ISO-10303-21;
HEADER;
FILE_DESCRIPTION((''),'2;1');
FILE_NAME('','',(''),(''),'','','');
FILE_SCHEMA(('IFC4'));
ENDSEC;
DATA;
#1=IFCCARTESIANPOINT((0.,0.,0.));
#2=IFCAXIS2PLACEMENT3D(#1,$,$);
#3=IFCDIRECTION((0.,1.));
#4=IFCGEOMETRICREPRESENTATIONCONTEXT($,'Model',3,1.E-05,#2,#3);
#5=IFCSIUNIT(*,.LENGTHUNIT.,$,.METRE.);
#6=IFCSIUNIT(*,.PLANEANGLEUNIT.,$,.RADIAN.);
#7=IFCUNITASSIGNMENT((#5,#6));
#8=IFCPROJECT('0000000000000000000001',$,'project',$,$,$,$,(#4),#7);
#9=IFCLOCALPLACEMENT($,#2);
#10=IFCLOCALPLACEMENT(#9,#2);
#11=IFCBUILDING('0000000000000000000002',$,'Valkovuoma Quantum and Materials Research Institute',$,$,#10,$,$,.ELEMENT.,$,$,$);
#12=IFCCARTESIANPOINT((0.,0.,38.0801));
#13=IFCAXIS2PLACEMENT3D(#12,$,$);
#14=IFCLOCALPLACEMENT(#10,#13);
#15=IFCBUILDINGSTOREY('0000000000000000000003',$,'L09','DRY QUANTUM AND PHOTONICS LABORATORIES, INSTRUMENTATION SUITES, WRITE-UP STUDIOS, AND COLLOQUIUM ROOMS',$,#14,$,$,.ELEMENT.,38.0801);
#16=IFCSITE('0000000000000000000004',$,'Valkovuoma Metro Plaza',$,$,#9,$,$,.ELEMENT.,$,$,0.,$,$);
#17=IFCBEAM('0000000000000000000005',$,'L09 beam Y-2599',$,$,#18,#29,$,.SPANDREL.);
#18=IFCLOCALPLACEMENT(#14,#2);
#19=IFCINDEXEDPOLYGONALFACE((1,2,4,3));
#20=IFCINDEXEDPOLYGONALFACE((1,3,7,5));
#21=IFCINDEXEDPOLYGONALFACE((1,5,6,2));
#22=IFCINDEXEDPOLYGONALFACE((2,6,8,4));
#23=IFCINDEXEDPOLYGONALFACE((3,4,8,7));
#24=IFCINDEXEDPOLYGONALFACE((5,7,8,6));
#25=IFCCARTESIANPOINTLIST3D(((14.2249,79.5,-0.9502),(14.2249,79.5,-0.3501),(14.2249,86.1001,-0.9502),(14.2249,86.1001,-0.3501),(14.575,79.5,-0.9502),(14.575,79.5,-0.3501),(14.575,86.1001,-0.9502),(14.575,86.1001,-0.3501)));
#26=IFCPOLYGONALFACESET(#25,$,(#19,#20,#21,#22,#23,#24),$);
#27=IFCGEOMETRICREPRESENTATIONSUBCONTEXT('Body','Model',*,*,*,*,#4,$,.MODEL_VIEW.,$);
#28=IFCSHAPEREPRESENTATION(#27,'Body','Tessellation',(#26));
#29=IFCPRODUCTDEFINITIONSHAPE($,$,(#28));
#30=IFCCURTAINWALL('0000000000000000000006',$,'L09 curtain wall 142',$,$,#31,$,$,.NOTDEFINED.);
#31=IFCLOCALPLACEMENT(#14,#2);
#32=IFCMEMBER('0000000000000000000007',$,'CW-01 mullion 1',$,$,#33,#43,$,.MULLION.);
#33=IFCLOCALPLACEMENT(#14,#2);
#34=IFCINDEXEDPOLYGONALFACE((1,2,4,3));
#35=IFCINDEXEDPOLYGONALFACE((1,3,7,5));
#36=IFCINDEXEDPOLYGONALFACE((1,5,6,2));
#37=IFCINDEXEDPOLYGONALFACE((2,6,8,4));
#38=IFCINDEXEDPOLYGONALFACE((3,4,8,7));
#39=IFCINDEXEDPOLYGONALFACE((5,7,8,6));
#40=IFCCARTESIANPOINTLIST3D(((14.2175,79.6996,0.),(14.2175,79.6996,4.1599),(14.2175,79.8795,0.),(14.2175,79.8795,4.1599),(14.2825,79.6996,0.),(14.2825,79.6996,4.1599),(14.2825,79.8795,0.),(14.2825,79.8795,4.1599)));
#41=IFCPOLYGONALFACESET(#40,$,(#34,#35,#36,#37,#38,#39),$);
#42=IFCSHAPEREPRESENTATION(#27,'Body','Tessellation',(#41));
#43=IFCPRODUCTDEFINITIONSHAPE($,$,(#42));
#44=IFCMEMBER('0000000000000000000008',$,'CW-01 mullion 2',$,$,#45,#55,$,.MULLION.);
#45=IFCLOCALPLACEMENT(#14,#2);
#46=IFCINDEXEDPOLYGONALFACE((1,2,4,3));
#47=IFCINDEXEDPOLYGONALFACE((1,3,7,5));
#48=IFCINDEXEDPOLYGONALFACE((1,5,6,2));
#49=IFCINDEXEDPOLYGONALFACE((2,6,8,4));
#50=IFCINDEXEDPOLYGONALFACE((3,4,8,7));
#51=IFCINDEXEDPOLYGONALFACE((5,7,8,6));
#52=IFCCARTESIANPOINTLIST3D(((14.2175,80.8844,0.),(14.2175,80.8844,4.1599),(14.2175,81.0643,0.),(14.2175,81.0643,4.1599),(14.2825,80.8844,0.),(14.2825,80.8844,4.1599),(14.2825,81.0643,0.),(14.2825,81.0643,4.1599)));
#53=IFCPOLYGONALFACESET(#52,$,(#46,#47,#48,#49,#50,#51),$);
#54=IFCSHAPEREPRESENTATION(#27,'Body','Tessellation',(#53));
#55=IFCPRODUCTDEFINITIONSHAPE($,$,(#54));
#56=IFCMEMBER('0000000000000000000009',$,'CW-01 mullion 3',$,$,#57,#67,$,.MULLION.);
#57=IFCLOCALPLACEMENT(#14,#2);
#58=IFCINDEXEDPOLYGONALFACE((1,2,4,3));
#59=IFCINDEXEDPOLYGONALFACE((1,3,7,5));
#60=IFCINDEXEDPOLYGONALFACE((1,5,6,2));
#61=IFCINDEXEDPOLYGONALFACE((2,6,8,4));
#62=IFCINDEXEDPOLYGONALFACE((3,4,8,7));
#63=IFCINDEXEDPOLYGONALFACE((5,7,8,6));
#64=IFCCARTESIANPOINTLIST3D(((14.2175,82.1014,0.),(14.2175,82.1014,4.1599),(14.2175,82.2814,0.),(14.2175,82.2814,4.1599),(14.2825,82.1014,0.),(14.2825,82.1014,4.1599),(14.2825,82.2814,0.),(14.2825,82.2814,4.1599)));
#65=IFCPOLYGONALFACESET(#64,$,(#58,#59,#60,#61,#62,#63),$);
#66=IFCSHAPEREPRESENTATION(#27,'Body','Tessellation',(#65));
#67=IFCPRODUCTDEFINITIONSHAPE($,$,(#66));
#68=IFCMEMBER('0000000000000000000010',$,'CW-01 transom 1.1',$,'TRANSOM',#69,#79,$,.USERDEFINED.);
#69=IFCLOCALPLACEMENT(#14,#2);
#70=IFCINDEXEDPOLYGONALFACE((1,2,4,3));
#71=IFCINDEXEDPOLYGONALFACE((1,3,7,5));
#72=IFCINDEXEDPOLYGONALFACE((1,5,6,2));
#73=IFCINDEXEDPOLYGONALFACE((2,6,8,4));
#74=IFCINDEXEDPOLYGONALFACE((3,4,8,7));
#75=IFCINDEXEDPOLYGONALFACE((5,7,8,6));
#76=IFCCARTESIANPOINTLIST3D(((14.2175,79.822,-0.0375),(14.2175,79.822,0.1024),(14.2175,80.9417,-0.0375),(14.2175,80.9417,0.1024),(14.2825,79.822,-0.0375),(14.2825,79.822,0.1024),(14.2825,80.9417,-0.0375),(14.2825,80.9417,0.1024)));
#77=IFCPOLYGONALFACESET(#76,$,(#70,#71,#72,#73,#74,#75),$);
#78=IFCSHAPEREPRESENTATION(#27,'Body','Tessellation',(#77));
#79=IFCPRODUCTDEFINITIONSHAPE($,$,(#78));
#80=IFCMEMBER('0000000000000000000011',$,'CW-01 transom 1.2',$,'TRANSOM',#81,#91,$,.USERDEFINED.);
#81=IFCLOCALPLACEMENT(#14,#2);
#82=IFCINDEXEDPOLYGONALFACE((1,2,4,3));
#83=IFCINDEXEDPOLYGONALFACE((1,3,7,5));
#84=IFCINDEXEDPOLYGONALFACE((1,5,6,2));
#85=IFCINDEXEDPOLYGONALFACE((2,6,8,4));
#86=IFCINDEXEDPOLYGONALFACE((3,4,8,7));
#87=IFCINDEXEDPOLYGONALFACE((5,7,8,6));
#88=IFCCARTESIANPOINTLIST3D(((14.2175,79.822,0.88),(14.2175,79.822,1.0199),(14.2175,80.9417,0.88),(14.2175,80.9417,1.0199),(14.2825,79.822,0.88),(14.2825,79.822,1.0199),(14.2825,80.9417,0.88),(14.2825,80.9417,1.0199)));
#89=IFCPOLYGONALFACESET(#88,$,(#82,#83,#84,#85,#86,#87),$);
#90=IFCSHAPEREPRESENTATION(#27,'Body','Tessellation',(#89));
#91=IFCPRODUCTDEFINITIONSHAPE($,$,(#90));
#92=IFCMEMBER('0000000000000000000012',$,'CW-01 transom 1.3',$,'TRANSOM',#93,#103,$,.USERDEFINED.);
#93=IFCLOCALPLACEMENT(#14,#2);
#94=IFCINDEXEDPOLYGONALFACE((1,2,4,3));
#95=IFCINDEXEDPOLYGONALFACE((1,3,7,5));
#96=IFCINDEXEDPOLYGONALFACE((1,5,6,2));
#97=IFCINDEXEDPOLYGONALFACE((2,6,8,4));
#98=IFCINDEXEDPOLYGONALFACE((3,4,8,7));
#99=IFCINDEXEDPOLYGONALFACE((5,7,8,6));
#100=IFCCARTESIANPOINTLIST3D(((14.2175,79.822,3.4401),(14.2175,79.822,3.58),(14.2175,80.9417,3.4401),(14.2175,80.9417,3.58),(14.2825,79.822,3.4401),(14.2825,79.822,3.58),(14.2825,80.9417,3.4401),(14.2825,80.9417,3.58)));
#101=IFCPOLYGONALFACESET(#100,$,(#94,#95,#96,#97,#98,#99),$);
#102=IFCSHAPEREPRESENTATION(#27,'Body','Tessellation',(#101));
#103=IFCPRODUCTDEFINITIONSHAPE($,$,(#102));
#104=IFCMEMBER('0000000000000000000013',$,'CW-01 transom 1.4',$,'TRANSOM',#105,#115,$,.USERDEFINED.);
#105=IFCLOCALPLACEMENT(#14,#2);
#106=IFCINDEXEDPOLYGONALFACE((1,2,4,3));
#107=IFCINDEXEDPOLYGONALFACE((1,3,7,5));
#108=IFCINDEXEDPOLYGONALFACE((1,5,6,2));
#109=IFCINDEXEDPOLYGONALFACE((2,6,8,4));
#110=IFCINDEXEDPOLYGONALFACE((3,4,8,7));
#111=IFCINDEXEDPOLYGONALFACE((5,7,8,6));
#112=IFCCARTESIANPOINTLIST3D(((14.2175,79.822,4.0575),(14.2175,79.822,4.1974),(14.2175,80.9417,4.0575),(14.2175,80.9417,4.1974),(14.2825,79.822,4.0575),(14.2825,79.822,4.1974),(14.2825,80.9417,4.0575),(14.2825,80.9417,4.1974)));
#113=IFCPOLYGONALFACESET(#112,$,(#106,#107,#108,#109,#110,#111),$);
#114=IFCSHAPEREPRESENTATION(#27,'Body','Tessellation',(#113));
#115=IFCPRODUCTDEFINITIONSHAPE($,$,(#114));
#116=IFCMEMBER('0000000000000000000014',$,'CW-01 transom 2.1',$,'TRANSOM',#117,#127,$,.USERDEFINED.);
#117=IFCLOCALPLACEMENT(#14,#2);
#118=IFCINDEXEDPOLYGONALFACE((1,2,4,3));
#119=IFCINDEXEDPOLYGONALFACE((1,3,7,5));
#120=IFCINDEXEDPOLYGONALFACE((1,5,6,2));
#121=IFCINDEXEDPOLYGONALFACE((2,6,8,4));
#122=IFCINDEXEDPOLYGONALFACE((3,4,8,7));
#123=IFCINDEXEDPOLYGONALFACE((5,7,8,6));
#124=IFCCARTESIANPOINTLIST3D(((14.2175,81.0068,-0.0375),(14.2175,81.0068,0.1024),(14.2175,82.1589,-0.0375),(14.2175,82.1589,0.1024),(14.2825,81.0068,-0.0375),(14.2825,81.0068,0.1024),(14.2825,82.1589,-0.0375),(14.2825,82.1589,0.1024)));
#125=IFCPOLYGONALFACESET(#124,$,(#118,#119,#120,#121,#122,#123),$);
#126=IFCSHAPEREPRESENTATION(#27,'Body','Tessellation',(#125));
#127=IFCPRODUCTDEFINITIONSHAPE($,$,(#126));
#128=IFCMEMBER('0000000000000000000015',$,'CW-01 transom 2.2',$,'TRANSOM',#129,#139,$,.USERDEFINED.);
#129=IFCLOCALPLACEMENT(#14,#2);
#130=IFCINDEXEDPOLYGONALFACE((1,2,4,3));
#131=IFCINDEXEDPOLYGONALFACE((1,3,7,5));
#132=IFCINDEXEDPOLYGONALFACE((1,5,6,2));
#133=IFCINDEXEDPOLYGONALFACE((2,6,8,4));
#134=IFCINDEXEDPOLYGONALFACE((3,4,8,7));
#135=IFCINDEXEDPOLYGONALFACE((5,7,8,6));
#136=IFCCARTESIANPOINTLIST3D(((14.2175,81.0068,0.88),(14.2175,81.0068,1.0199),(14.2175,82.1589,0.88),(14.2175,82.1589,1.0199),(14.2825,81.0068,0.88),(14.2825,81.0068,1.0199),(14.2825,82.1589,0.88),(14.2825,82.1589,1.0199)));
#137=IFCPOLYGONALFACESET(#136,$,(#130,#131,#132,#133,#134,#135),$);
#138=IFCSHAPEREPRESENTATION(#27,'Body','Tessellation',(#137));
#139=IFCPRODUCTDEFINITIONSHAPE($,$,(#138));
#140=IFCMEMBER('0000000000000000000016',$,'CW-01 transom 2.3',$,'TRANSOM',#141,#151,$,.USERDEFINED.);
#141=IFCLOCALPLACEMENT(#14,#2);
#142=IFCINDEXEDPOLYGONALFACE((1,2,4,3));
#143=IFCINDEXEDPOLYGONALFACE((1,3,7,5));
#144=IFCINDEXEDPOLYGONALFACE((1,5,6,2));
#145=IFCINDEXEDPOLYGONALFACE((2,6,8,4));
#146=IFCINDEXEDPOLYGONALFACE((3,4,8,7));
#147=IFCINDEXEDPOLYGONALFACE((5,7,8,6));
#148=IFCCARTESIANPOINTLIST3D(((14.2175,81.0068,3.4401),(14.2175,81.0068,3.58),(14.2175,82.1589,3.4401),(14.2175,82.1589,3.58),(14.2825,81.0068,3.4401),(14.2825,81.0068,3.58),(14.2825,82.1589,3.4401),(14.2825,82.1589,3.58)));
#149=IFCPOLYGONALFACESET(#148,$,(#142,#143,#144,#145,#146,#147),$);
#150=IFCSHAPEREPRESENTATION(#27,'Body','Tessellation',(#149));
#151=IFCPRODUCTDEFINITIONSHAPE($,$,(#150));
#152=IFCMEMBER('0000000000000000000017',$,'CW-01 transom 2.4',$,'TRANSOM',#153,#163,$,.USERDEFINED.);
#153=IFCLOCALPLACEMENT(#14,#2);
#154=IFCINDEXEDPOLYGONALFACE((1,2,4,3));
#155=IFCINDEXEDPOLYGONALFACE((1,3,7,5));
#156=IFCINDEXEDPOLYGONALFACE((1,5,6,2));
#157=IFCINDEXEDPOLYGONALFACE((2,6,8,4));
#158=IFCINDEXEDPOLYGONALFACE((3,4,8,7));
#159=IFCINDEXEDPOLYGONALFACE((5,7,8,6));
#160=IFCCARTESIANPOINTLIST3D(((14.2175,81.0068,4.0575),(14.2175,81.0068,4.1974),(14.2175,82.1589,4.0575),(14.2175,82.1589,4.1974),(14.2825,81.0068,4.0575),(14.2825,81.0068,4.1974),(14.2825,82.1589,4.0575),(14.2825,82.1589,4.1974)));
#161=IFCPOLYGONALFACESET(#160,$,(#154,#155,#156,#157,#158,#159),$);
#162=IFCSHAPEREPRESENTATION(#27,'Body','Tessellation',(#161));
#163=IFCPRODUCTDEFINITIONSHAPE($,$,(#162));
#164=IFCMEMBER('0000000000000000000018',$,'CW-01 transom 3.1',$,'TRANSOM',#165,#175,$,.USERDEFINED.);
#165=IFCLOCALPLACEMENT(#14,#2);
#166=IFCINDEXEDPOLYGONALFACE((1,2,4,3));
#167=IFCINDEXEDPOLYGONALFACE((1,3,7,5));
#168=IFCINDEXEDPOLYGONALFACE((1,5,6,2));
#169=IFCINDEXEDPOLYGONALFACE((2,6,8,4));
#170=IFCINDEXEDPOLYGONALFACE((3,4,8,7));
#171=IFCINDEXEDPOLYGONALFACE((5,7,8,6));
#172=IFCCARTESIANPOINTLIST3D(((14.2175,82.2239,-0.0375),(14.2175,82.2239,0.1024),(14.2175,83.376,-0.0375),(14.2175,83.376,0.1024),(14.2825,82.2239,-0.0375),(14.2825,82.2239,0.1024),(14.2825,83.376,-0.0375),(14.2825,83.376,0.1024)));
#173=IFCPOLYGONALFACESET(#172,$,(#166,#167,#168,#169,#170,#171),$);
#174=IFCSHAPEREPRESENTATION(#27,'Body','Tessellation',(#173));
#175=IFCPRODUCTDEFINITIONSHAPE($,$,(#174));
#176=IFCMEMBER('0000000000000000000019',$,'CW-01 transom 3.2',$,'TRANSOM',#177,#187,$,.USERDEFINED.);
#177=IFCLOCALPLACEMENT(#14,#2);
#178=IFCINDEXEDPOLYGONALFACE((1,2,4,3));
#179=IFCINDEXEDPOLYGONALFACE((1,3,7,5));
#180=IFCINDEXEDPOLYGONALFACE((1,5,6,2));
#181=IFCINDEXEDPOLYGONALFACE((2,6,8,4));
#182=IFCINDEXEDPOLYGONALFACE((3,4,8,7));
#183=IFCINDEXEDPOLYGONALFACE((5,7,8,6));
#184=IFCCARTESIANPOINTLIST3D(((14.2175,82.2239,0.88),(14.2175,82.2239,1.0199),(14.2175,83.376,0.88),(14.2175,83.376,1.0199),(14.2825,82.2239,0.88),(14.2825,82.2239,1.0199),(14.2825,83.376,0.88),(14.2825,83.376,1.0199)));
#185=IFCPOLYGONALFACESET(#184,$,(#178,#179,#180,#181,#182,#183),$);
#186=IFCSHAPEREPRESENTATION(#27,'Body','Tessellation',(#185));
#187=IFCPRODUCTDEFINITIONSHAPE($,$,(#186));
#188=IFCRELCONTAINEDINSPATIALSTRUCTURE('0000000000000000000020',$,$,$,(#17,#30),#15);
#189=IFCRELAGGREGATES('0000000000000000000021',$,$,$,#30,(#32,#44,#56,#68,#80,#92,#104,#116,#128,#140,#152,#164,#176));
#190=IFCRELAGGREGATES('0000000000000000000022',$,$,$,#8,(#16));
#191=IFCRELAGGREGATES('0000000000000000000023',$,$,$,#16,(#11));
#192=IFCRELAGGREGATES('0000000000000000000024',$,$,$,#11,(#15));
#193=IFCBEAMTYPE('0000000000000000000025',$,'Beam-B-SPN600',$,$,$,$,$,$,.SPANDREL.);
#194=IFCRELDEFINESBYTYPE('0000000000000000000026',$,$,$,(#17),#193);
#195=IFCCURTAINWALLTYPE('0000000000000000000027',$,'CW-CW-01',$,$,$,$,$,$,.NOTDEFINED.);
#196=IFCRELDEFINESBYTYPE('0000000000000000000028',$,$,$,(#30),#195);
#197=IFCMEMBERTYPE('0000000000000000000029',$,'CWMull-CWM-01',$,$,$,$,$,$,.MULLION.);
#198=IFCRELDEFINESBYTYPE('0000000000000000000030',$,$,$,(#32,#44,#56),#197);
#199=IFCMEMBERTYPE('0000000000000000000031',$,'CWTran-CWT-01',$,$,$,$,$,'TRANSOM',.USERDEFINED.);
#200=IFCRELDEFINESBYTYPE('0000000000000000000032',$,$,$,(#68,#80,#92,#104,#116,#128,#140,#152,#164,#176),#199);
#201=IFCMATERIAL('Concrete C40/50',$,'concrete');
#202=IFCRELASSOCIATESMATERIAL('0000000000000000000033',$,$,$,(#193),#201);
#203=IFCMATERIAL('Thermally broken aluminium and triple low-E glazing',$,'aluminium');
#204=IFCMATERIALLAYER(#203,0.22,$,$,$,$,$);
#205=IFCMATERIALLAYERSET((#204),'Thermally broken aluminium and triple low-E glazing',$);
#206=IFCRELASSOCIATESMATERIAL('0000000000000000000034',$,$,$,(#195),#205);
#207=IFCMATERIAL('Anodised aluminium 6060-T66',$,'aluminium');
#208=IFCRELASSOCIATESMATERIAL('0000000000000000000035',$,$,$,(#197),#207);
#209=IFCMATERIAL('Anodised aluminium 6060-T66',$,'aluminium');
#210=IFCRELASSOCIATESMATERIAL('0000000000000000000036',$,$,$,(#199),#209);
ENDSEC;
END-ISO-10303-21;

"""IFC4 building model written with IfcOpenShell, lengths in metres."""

from ifc_helpers import new_model, si_unit, direction, frame, origin, origin_2d, place, context, subcontext, project, spatial, rectangle, extrude, material, layer, layer_set, material_profile, profile_set, type_object, element, aggregate, save


model = new_model("IFC4")

# Units and contexts
model_context = context("Model", 3, precision=1e-05, world=origin(), true_north=direction((0.0, 1.0)))
body_context = subcontext(model_context, "Body", "Model", "MODEL_VIEW")
ifc_project = project(units=[si_unit("LENGTHUNIT", "METRE"), si_unit("PLANEANGLEUNIT", "RADIAN")], contexts=[model_context])

# Site, building, storey
site_placement = place(None, origin())
site = spatial("IfcSite", under=ifc_project, at=site_placement, Name="Valkovuoma Metro Plaza", CompositionType="ELEMENT", RefElevation=0.0)
building_placement = place(site_placement, origin())
building = spatial("IfcBuilding", under=site, at=building_placement, Name="Valkovuoma Quantum and Materials Research Institute", CompositionType="ELEMENT")
storey_placement = place(building_placement, frame((0.0, 0.0, 38.0801)))
storey = spatial("IfcBuildingStorey", under=building, at=storey_placement, Name="L09", Description="DRY QUANTUM AND PHOTONICS LABORATORIES, INSTRUMENTATION SUITES, WRITE-UP STUDIOS, AND COLLOQUIUM ROOMS", CompositionType="ELEMENT", Elevation=38.0801)

# Beam
ifc_material_1 = material(Name="Concrete C40/50", Category="concrete")
ifc_material_profile_1 = material_profile(ifc_material_1, rectangle(XDim=0.3501, YDim=0.6001, at=origin_2d()), Name="Concrete C40/50")
ifc_profile_set_1 = profile_set([ifc_material_profile_1], Name="Concrete C40/50")
beam_type = type_object("IfcBeamType", Name="Beam-B-SPN600", PredefinedType="SPANDREL", material=ifc_profile_set_1)
beam_placement = place(storey_placement, frame((14.3999, 79.5, -0.6501), z_axis=(0.0, 1.0, 0.0), x_axis=(-1.0, 0.0, 0.0)))
element("IfcBeam", 1, at=beam_placement, inside=storey, type_object=beam_type, Name="L09 beam Y-2599", PredefinedType="SPANDREL", context=body_context, shape_type="SweptSolid", body=[
    extrude(rectangle(XDim=0.3501, YDim=0.6001, at=origin_2d()), origin(), (0.0, 0.0, 1.0), 6.6001),
])

# Curtain wall, members
ifc_material_2 = material(Name="Thermally broken aluminium and triple low-E glazing", Category="aluminium")
ifc_layer_1 = layer(ifc_material_2, 0.22)
ifc_layer_set_1 = layer_set([ifc_layer_1], Name="Thermally broken aluminium and triple low-E glazing")
curtain_wall_type = type_object("IfcCurtainWallType", Name="CW-CW-01", PredefinedType="NOTDEFINED", material=ifc_layer_set_1)
curtain_wall_placement = place(storey_placement, origin())
curtain_wall = element("IfcCurtainWall", 2, at=curtain_wall_placement, inside=storey, type_object=curtain_wall_type, Name="L09 curtain wall 142", PredefinedType="NOTDEFINED")
ifc_material_3 = material(Name="Anodised aluminium 6060-T66", Category="aluminium")
ifc_material_profile_2 = material_profile(ifc_material_3, rectangle(XDim=0.0649, YDim=0.1799, at=origin_2d()), Name="Anodised aluminium 6060-T66")
ifc_profile_set_2 = profile_set([ifc_material_profile_2], Name="Anodised aluminium 6060-T66")
member_type_1 = type_object("IfcMemberType", Name="CWMull-CWM-01", PredefinedType="MULLION", material=ifc_profile_set_2)
member_1_placement = place(storey_placement, frame((14.25, 79.7896, 0.0), z_axis=(0.0, 0.0, 1.0), x_axis=(-1.0, 0.0, 0.0)))
member_1 = element("IfcMember", 3, at=member_1_placement, type_object=member_type_1, Name="CW-01 mullion 1", PredefinedType="MULLION", context=body_context, shape_type="SweptSolid", body=[
    extrude(rectangle(XDim=0.0649, YDim=0.1799, at=origin_2d()), origin(), (0.0, 0.0, 1.0), 4.1599),
])
member_2_placement = place(storey_placement, frame((14.25, 80.9744, 0.0), z_axis=(0.0, 0.0, 1.0), x_axis=(-1.0, 0.0, 0.0)))
member_2 = element("IfcMember", 4, at=member_2_placement, type_object=member_type_1, Name="CW-01 mullion 2", PredefinedType="MULLION", context=body_context, shape_type="SweptSolid", body=[
    extrude(rectangle(XDim=0.0649, YDim=0.1799, at=origin_2d()), origin(), (0.0, 0.0, 1.0), 4.1599),
])
member_3_placement = place(storey_placement, frame((14.25, 82.1914, 0.0), z_axis=(0.0, 0.0, 1.0), x_axis=(-1.0, 0.0, 0.0)))
member_3 = element("IfcMember", 5, at=member_3_placement, type_object=member_type_1, Name="CW-01 mullion 3", PredefinedType="MULLION", context=body_context, shape_type="SweptSolid", body=[
    extrude(rectangle(XDim=0.0649, YDim=0.1799, at=origin_2d()), origin(), (0.0, 0.0, 1.0), 4.1599),
])
ifc_material_4 = material(Name="Anodised aluminium 6060-T66", Category="aluminium")
ifc_material_profile_3 = material_profile(ifc_material_4, rectangle(XDim=0.0649, YDim=0.1399, at=origin_2d()), Name="Anodised aluminium 6060-T66")
ifc_profile_set_3 = profile_set([ifc_material_profile_3], Name="Anodised aluminium 6060-T66")
member_type_2 = type_object("IfcMemberType", Name="CWTran-CWT-01", ElementType="TRANSOM", PredefinedType="USERDEFINED", material=ifc_profile_set_3)
member_4_placement = place(storey_placement, frame((14.25, 79.822, 0.0325), z_axis=(0.0, 1.0, 0.0), x_axis=(-1.0, 0.0, 0.0)))
member_4 = element("IfcMember", 6, at=member_4_placement, type_object=member_type_2, Name="CW-01 transom 1.1", ObjectType="TRANSOM", PredefinedType="USERDEFINED", context=body_context, shape_type="SweptSolid", body=[
    extrude(rectangle(XDim=0.0649, YDim=0.1399, at=origin_2d()), origin(), (0.0, 0.0, 1.0), 1.1196),
])
member_5_placement = place(storey_placement, frame((14.25, 79.822, 0.95), z_axis=(0.0, 1.0, 0.0), x_axis=(-1.0, 0.0, 0.0)))
member_5 = element("IfcMember", 7, at=member_5_placement, type_object=member_type_2, Name="CW-01 transom 1.2", ObjectType="TRANSOM", PredefinedType="USERDEFINED", context=body_context, shape_type="SweptSolid", body=[
    extrude(rectangle(XDim=0.0649, YDim=0.1399, at=origin_2d()), origin(), (0.0, 0.0, 1.0), 1.1196),
])
member_6_placement = place(storey_placement, frame((14.25, 79.822, 3.51), z_axis=(0.0, 1.0, 0.0), x_axis=(-1.0, 0.0, 0.0)))
member_6 = element("IfcMember", 8, at=member_6_placement, type_object=member_type_2, Name="CW-01 transom 1.3", ObjectType="TRANSOM", PredefinedType="USERDEFINED", context=body_context, shape_type="SweptSolid", body=[
    extrude(rectangle(XDim=0.0649, YDim=0.1399, at=origin_2d()), origin(), (0.0, 0.0, 1.0), 1.1196),
])
member_7_placement = place(storey_placement, frame((14.25, 79.822, 4.1274), z_axis=(0.0, 1.0, 0.0), x_axis=(-1.0, 0.0, 0.0)))
member_7 = element("IfcMember", 9, at=member_7_placement, type_object=member_type_2, Name="CW-01 transom 1.4", ObjectType="TRANSOM", PredefinedType="USERDEFINED", context=body_context, shape_type="SweptSolid", body=[
    extrude(rectangle(XDim=0.0649, YDim=0.1399, at=origin_2d()), origin(), (0.0, 0.0, 1.0), 1.1196),
])
member_8_placement = place(storey_placement, frame((14.25, 81.0068, 0.0325), z_axis=(0.0, 1.0, 0.0), x_axis=(-1.0, 0.0, 0.0)))
member_8 = element("IfcMember", 10, at=member_8_placement, type_object=member_type_2, Name="CW-01 transom 2.1", ObjectType="TRANSOM", PredefinedType="USERDEFINED", context=body_context, shape_type="SweptSolid", body=[
    extrude(rectangle(XDim=0.0649, YDim=0.1399, at=origin_2d()), origin(), (0.0, 0.0, 1.0), 1.1521),
])
member_9_placement = place(storey_placement, frame((14.25, 81.0068, 0.95), z_axis=(0.0, 1.0, 0.0), x_axis=(-1.0, 0.0, 0.0)))
member_9 = element("IfcMember", 11, at=member_9_placement, type_object=member_type_2, Name="CW-01 transom 2.2", ObjectType="TRANSOM", PredefinedType="USERDEFINED", context=body_context, shape_type="SweptSolid", body=[
    extrude(rectangle(XDim=0.0649, YDim=0.1399, at=origin_2d()), origin(), (0.0, 0.0, 1.0), 1.1521),
])
member_10_placement = place(storey_placement, frame((14.25, 81.0068, 3.51), z_axis=(0.0, 1.0, 0.0), x_axis=(-1.0, 0.0, 0.0)))
member_10 = element("IfcMember", 12, at=member_10_placement, type_object=member_type_2, Name="CW-01 transom 2.3", ObjectType="TRANSOM", PredefinedType="USERDEFINED", context=body_context, shape_type="SweptSolid", body=[
    extrude(rectangle(XDim=0.0649, YDim=0.1399, at=origin_2d()), origin(), (0.0, 0.0, 1.0), 1.1521),
])
member_11_placement = place(storey_placement, frame((14.25, 81.0068, 4.1274), z_axis=(0.0, 1.0, 0.0), x_axis=(-1.0, 0.0, 0.0)))
member_11 = element("IfcMember", 13, at=member_11_placement, type_object=member_type_2, Name="CW-01 transom 2.4", ObjectType="TRANSOM", PredefinedType="USERDEFINED", context=body_context, shape_type="SweptSolid", body=[
    extrude(rectangle(XDim=0.0649, YDim=0.1399, at=origin_2d()), origin(), (0.0, 0.0, 1.0), 1.1521),
])
member_12_placement = place(storey_placement, frame((14.25, 82.2239, 0.0325), z_axis=(0.0, 1.0, 0.0), x_axis=(-1.0, 0.0, 0.0)))
member_12 = element("IfcMember", 14, at=member_12_placement, type_object=member_type_2, Name="CW-01 transom 3.1", ObjectType="TRANSOM", PredefinedType="USERDEFINED", context=body_context, shape_type="SweptSolid", body=[
    extrude(rectangle(XDim=0.0649, YDim=0.1399, at=origin_2d()), origin(), (0.0, 0.0, 1.0), 1.1521),
])
member_13_placement = place(storey_placement, frame((14.25, 82.2239, 0.95), z_axis=(0.0, 1.0, 0.0), x_axis=(-1.0, 0.0, 0.0)))
member_13 = element("IfcMember", 15, at=member_13_placement, type_object=member_type_2, Name="CW-01 transom 3.2", ObjectType="TRANSOM", PredefinedType="USERDEFINED", context=body_context, shape_type="SweptSolid", body=[
    extrude(rectangle(XDim=0.0649, YDim=0.1399, at=origin_2d()), origin(), (0.0, 0.0, 1.0), 1.1521),
])
aggregate(curtain_wall, [member_1, member_2, member_3, member_4, member_5, member_6, member_7, member_8, member_9, member_10, member_11, member_12, member_13])

save(model, "model.ifc")
